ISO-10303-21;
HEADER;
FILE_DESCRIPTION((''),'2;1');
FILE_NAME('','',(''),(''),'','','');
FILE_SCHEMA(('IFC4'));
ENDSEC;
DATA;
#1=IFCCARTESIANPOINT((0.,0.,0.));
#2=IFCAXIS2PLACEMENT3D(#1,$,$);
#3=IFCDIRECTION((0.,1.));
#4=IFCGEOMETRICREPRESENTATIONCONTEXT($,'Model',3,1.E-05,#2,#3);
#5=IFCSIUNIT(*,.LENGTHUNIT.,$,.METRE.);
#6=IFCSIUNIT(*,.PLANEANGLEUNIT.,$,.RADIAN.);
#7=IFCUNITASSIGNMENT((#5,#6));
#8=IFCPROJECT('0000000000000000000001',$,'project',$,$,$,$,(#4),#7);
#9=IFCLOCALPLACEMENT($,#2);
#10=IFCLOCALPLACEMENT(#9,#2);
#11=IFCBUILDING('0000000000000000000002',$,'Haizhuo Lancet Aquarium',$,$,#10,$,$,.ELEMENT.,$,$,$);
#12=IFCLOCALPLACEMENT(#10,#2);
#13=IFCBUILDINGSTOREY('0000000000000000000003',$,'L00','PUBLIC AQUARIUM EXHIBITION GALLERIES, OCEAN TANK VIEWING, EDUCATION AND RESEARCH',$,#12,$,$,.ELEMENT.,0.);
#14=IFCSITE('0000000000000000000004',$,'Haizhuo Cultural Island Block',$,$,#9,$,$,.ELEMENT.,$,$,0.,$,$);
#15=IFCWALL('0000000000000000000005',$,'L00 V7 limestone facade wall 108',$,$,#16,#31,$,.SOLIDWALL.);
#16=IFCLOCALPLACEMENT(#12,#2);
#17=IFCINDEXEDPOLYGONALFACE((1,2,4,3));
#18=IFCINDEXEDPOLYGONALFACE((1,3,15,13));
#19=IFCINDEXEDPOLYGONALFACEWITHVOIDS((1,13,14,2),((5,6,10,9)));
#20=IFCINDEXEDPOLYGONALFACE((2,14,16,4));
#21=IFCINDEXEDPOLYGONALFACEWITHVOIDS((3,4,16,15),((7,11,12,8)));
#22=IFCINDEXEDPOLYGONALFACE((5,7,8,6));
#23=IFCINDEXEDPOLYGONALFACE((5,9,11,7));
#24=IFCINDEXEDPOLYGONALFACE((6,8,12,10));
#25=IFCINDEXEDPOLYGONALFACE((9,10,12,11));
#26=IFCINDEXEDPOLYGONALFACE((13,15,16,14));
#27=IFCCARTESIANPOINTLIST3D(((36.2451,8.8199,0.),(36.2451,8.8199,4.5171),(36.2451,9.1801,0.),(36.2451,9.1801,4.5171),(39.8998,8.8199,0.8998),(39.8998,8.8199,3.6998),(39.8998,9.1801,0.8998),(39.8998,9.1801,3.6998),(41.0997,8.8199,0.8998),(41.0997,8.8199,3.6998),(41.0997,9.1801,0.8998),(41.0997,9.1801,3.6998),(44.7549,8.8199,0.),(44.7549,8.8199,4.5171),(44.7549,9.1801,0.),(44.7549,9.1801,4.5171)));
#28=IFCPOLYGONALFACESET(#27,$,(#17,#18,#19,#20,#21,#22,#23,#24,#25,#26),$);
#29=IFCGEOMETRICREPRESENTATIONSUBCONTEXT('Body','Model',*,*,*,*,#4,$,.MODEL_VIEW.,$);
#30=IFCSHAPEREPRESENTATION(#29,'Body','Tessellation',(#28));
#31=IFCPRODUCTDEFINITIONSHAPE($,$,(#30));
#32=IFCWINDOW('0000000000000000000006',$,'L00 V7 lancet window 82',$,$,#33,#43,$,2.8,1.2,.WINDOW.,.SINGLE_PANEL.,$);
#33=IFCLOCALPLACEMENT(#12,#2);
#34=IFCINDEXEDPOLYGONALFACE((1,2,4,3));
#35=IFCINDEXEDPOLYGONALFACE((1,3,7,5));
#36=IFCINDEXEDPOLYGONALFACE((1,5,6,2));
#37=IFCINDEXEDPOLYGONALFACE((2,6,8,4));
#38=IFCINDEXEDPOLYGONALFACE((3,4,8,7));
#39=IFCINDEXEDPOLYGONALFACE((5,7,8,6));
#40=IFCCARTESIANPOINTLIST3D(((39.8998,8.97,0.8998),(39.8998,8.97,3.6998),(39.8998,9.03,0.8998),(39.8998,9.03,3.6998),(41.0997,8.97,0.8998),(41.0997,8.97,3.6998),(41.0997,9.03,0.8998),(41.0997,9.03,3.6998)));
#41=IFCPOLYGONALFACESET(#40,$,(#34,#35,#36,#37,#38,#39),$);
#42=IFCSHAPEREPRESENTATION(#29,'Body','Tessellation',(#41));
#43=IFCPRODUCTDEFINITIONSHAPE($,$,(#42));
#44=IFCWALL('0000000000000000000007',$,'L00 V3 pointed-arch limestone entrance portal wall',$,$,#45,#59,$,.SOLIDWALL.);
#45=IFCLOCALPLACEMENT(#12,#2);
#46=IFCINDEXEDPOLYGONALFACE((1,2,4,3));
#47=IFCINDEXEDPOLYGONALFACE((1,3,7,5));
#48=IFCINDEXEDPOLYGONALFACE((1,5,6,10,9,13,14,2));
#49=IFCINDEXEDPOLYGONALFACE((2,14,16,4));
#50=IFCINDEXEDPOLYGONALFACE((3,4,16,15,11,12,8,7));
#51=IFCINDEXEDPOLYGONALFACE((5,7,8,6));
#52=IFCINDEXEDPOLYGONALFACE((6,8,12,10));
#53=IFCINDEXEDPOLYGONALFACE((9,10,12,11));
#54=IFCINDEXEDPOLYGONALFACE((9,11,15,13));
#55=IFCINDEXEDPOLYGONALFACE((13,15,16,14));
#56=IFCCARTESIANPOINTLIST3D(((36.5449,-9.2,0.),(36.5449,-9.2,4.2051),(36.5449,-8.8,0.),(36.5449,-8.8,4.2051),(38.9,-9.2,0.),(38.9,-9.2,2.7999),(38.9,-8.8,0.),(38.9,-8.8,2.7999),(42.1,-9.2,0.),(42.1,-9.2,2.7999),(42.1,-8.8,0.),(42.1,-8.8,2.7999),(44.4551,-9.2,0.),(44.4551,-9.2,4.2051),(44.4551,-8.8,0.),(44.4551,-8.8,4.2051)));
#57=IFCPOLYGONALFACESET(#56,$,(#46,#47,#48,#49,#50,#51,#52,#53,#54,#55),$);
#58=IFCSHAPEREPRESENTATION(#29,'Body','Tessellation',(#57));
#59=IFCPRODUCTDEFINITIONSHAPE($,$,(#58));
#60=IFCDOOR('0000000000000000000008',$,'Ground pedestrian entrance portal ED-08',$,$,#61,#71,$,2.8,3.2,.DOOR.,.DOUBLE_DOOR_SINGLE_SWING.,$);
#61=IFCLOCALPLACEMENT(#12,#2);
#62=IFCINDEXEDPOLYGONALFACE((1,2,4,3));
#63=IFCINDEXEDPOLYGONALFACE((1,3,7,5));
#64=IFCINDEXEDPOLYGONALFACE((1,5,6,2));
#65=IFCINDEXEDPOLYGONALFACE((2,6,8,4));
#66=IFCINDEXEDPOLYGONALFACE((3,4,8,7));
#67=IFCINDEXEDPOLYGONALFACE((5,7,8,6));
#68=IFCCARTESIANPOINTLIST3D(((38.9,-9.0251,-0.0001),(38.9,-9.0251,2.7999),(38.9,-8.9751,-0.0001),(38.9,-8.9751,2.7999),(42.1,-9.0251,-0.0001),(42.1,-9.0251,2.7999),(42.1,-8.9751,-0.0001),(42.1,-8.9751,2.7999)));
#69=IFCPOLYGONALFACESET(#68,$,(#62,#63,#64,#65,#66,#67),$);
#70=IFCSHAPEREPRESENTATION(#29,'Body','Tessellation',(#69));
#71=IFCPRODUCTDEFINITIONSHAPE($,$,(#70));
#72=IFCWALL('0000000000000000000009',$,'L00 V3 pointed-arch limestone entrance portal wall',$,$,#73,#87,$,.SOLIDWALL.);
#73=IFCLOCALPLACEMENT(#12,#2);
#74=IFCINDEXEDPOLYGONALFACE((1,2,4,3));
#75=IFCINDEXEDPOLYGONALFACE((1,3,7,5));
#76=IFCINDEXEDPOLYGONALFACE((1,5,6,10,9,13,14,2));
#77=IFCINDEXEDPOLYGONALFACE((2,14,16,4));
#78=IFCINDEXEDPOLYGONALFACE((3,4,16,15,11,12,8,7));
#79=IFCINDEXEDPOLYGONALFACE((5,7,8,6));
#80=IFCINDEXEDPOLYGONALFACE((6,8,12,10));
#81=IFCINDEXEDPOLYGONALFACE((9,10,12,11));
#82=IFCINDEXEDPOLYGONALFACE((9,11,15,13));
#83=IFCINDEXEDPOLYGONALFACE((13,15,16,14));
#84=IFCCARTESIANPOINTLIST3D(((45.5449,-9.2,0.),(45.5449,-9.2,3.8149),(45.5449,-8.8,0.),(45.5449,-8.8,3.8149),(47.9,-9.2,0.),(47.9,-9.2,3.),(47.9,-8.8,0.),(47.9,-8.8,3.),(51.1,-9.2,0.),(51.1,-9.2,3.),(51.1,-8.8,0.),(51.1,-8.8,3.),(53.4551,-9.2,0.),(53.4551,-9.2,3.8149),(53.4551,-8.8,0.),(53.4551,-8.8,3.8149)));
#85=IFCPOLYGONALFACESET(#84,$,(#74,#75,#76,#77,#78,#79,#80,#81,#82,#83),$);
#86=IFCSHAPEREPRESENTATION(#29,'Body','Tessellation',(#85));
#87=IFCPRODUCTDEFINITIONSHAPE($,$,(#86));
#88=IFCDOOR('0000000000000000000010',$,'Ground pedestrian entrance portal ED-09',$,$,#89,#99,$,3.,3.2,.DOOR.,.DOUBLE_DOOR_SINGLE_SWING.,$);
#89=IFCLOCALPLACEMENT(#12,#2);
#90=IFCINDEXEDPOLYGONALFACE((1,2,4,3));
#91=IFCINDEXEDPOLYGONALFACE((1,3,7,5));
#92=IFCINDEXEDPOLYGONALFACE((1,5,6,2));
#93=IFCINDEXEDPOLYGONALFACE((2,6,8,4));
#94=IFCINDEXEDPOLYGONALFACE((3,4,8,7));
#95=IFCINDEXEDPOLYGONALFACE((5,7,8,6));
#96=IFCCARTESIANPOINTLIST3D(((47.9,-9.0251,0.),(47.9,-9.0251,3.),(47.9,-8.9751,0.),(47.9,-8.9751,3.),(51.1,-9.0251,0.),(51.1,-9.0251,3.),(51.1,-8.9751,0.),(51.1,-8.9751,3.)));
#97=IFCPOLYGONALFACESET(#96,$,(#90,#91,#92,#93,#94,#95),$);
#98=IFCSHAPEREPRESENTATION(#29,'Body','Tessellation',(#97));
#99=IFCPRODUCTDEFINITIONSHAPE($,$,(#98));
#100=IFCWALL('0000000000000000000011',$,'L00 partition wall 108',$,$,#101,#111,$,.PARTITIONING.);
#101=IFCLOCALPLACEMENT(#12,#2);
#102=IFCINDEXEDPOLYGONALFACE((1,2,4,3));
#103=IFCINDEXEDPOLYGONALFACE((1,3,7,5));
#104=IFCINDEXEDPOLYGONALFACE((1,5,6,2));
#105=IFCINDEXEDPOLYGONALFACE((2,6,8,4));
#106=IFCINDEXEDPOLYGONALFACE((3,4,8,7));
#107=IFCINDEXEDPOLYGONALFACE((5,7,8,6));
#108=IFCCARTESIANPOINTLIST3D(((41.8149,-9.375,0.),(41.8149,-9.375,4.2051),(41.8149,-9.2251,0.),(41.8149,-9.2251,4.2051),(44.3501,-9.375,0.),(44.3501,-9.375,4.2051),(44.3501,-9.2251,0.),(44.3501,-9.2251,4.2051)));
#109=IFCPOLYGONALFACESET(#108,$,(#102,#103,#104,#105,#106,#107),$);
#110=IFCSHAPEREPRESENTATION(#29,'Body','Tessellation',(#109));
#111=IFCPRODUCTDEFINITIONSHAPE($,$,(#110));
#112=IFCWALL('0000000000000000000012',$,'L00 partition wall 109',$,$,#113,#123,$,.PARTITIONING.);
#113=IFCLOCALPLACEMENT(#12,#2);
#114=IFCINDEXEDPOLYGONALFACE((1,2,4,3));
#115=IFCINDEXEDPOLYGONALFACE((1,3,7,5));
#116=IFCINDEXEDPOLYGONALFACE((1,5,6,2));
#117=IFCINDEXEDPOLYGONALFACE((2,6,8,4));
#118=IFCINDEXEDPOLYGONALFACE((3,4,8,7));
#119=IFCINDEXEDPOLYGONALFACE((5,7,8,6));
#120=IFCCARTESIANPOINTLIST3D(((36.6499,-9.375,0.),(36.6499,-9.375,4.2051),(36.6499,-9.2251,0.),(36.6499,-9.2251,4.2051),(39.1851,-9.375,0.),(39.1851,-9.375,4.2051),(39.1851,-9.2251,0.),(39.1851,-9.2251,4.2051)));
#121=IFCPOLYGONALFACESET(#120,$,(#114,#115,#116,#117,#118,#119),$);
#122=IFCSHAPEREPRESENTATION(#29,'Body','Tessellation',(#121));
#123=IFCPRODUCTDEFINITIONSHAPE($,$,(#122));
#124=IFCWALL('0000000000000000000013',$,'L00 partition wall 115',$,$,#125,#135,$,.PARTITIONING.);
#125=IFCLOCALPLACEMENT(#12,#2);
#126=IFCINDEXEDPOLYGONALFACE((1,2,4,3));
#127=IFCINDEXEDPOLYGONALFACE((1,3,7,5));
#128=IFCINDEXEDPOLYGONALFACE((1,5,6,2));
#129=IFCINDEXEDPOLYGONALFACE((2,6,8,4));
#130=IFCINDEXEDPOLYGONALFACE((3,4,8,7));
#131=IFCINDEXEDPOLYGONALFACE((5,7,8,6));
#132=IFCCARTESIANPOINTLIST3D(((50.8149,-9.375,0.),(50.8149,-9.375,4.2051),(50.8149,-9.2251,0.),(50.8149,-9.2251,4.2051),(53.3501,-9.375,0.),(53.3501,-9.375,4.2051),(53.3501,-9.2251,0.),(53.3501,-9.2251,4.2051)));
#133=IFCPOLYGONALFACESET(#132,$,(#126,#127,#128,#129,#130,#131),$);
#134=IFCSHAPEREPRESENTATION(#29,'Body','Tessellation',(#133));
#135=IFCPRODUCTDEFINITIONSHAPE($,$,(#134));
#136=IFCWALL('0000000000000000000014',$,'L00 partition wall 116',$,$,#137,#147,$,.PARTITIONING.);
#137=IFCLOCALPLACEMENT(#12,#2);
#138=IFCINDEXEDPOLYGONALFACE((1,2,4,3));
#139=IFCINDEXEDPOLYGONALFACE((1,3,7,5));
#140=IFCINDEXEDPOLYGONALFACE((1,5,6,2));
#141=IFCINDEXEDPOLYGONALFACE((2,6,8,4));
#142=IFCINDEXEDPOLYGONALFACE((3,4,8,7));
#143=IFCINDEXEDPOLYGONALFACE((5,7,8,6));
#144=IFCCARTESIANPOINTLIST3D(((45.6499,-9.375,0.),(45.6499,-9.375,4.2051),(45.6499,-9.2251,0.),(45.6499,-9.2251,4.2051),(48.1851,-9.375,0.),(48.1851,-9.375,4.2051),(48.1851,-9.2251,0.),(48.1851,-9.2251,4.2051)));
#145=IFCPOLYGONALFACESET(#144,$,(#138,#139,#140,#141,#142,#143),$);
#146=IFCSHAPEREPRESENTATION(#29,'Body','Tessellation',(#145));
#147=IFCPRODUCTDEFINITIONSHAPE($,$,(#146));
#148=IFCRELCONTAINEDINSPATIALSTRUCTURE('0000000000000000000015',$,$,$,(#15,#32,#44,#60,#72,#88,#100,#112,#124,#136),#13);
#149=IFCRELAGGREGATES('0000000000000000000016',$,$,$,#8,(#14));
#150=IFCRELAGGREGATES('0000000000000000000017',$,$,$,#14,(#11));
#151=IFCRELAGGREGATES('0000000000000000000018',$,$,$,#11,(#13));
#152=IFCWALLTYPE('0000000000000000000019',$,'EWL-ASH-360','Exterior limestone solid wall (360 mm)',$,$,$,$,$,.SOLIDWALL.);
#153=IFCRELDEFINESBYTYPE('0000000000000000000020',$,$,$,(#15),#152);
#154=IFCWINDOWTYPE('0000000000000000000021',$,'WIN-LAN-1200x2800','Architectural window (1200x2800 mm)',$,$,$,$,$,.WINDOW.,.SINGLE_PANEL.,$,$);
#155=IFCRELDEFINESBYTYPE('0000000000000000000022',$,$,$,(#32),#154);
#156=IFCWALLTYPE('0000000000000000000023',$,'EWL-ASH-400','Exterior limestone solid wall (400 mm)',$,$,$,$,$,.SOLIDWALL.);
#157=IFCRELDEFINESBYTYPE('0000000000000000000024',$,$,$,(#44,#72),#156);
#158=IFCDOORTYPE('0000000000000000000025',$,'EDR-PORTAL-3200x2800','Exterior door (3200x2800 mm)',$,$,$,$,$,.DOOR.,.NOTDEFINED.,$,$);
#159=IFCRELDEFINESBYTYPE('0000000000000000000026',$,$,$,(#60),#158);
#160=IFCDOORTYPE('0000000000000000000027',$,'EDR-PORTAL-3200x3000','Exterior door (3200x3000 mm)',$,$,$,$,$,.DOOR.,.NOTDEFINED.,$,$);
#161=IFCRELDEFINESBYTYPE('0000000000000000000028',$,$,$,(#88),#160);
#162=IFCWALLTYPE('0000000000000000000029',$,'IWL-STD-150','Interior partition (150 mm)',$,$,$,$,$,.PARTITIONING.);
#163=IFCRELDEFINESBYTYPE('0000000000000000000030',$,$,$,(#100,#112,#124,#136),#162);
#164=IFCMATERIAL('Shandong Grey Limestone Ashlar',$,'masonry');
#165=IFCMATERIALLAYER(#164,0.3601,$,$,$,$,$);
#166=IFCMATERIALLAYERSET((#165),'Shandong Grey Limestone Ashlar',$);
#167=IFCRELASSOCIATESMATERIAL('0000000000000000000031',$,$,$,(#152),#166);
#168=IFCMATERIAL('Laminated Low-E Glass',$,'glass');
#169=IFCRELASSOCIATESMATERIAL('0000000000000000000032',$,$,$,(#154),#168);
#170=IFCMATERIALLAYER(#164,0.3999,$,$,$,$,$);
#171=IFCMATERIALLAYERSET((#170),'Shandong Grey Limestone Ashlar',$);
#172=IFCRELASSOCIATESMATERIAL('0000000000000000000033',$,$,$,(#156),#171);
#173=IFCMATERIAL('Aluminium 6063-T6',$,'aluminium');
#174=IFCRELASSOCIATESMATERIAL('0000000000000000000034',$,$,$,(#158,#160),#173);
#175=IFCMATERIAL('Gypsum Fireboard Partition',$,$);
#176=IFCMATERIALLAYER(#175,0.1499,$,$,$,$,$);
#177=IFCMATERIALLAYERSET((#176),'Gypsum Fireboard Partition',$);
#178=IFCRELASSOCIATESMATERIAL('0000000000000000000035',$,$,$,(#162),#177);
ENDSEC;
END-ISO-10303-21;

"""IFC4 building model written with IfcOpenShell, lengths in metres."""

from ifc_helpers import new_model, si_unit, direction, frame, frame_2d, origin, place, context, subcontext, project, spatial, rectangle, extrude, material, layer, layer_set, type_object, element, fill, save


model = new_model("IFC4")

# Units and contexts
model_context = context("Model", 3, precision=1e-05, world=origin(), true_north=direction((0.0, 1.0)))
body_context = subcontext(model_context, "Body", "Model", "MODEL_VIEW")
ifc_project = project(units=[si_unit("LENGTHUNIT", "METRE"), si_unit("PLANEANGLEUNIT", "RADIAN")], contexts=[model_context])

# Site, building, storey
site_placement = place(None, origin())
site = spatial("IfcSite", under=ifc_project, at=site_placement, Name="Haizhuo Cultural Island Block", CompositionType="ELEMENT", RefElevation=0.0)
building_placement = place(site_placement, origin())
building = spatial("IfcBuilding", under=site, at=building_placement, Name="Haizhuo Lancet Aquarium", CompositionType="ELEMENT")
storey_placement = place(building_placement, origin())
storey = spatial("IfcBuildingStorey", under=building, at=storey_placement, Name="L00", Description="PUBLIC AQUARIUM EXHIBITION GALLERIES, OCEAN TANK VIEWING, EDUCATION AND RESEARCH", CompositionType="ELEMENT", Elevation=0.0)

# Shared definitions
ifc_material_1 = material(Name="Aluminium 6063-T6", Category="aluminium")

# Shared definitions
ifc_material_2 = material(Name="Laminated Low-E Glass", Category="glass")

# Wall, opening, window
ifc_material_3 = material(Name="Shandong Grey Limestone Ashlar", Category="masonry")
ifc_layer_1 = layer(ifc_material_3, 0.3601)
ifc_layer_set_1 = layer_set([ifc_layer_1], Name="Shandong Grey Limestone Ashlar")
wall_type_1 = type_object("IfcWallType", Name="EWL-ASH-360", Description="Exterior limestone solid wall (360 mm)", PredefinedType="SOLIDWALL", material=ifc_layer_set_1)
wall_1_placement = place(storey_placement, frame((44.7549, 9.0, 0.0), z_axis=(0.0, 0.0, 1.0), x_axis=(-1.0, 0.0, 0.0)))
wall_1 = element("IfcWall", 1, at=wall_1_placement, inside=storey, type_object=wall_type_1, Name="L00 V7 limestone facade wall 108", PredefinedType="SOLIDWALL", context=body_context, shape_type="SweptSolid", body=[
    extrude(rectangle(XDim=8.5098, YDim=0.3601, at=frame_2d((4.2549, 0.0))), origin(), (0.0, 0.0, 1.0), 4.5171),
])
opening_1_placement = place(wall_1_placement, frame((3.655, 0.0, 0.8999)))
opening_1 = element("IfcOpeningElement", 2, at=opening_1_placement, cuts=wall_1, PredefinedType="OPENING", context=body_context, shape_type="SweptSolid", body=[
    extrude(rectangle(XDim=1.2, YDim=2.8, at=frame_2d((0.6001, 1.3999))), frame((0.0, 0.1899, 0.0), z_axis=(0.0, -1.0, 0.0), x_axis=(1.0, 0.0, 0.0)), (0.0, 0.0, 1.0), 0.3801),
])
window_type = type_object("IfcWindowType", Name="WIN-LAN-1200x2800", Description="Architectural window (1200x2800 mm)", PartitioningType="SINGLE_PANEL", PredefinedType="WINDOW", material=ifc_material_2)
window_placement = place(opening_1_placement, origin())
window = element("IfcWindow", 3, at=window_placement, inside=storey, type_object=window_type, Name="L00 V7 lancet window 82", OverallHeight=2.8, OverallWidth=1.2, PartitioningType="SINGLE_PANEL", PredefinedType="WINDOW", context=body_context, shape_type="SweptSolid", body=[
    extrude(rectangle(XDim=1.2, YDim=2.8, at=frame_2d((0.6001, 1.3999))), frame((0.0, 0.03, 0.0), z_axis=(0.0, -1.0, 0.0), x_axis=(1.0, 0.0, 0.0)), (0.0, 0.0, 1.0), 0.0601),
])
fill(opening_1, window)

# Walls, openings, doors
ifc_layer_2 = layer(ifc_material_3, 0.3999)
ifc_layer_set_2 = layer_set([ifc_layer_2], Name="Shandong Grey Limestone Ashlar")
wall_type_2 = type_object("IfcWallType", Name="EWL-ASH-400", Description="Exterior limestone solid wall (400 mm)", PredefinedType="SOLIDWALL", material=ifc_layer_set_2)
wall_2_placement = place(storey_placement, frame((36.5449, -9.0, 0.0), z_axis=(0.0, 0.0, 1.0), x_axis=(1.0, 0.0, 0.0)))
wall_2 = element("IfcWall", 4, at=wall_2_placement, inside=storey, type_object=wall_type_2, Name="L00 V3 pointed-arch limestone entrance portal wall", PredefinedType="SOLIDWALL", context=body_context, shape_type="SweptSolid", body=[
    extrude(rectangle(XDim=7.9102, YDim=0.3999, at=frame_2d((3.9551, 0.0))), origin(), (0.0, 0.0, 1.0), 4.2051),
])
opening_2_placement = place(wall_2_placement, frame((2.355, 0.0, 0.0)))
opening_2 = element("IfcOpeningElement", 5, at=opening_2_placement, cuts=wall_2, PredefinedType="OPENING", context=body_context, shape_type="SweptSolid", body=[
    extrude(rectangle(XDim=3.2, YDim=2.8, at=frame_2d((1.6001, 1.3999))), frame((0.0, 0.21, 0.0), z_axis=(0.0, -1.0, 0.0), x_axis=(1.0, 0.0, 0.0)), (0.0, 0.0, 1.0), 0.4199),
])
door_type_1 = type_object("IfcDoorType", Name="EDR-PORTAL-3200x2800", Description="Exterior door (3200x2800 mm)", OperationType="NOTDEFINED", PredefinedType="DOOR", material=ifc_material_1)
door_1_placement = place(opening_2_placement, origin())
door_1 = element("IfcDoor", 6, at=door_1_placement, inside=storey, type_object=door_type_1, Name="Ground pedestrian entrance portal ED-08", OperationType="DOUBLE_DOOR_SINGLE_SWING", OverallHeight=2.8, OverallWidth=3.2, PredefinedType="DOOR", context=body_context, shape_type="SweptSolid", body=[
    extrude(rectangle(XDim=3.2, YDim=2.8, at=frame_2d((1.6001, 1.3999))), frame((0.0, 0.0249, 0.0), z_axis=(0.0, -1.0, 0.0), x_axis=(1.0, 0.0, 0.0)), (0.0, 0.0, 1.0), 0.05),
])
fill(opening_2, door_1)
wall_3_placement = place(storey_placement, frame((45.5449, -9.0, 0.0), z_axis=(0.0, 0.0, 1.0), x_axis=(1.0, 0.0, 0.0)))
wall_3 = element("IfcWall", 7, at=wall_3_placement, inside=storey, type_object=wall_type_2, Name="L00 V3 pointed-arch limestone entrance portal wall", PredefinedType="SOLIDWALL", context=body_context, shape_type="SweptSolid", body=[
    extrude(rectangle(XDim=7.9102, YDim=0.3999, at=frame_2d((3.9551, 0.0))), origin(), (0.0, 0.0, 1.0), 3.8149),
])
opening_3_placement = place(wall_3_placement, frame((2.355, 0.0, 0.0)))
opening_3 = element("IfcOpeningElement", 8, at=opening_3_placement, cuts=wall_3, PredefinedType="OPENING", context=body_context, shape_type="SweptSolid", body=[
    extrude(rectangle(XDim=3.2, YDim=3.0, at=frame_2d((1.6001, 1.5))), frame((0.0, 0.21, 0.0), z_axis=(0.0, -1.0, 0.0), x_axis=(1.0, 0.0, 0.0)), (0.0, 0.0, 1.0), 0.4199),
])
door_type_2 = type_object("IfcDoorType", Name="EDR-PORTAL-3200x3000", Description="Exterior door (3200x3000 mm)", OperationType="NOTDEFINED", PredefinedType="DOOR", material=ifc_material_1)
door_2_placement = place(opening_3_placement, origin())
door_2 = element("IfcDoor", 9, at=door_2_placement, inside=storey, type_object=door_type_2, Name="Ground pedestrian entrance portal ED-09", OperationType="DOUBLE_DOOR_SINGLE_SWING", OverallHeight=3.0, OverallWidth=3.2, PredefinedType="DOOR", context=body_context, shape_type="SweptSolid", body=[
    extrude(rectangle(XDim=3.2, YDim=3.0, at=frame_2d((1.6001, 1.5))), frame((0.0, 0.0249, 0.0), z_axis=(0.0, -1.0, 0.0), x_axis=(1.0, 0.0, 0.0)), (0.0, 0.0, 1.0), 0.05),
])
fill(opening_3, door_2)

# Walls
ifc_material_4 = material(Name="Gypsum Fireboard Partition")
ifc_layer_3 = layer(ifc_material_4, 0.1499)
ifc_layer_set_3 = layer_set([ifc_layer_3], Name="Gypsum Fireboard Partition")
wall_type_3 = type_object("IfcWallType", Name="IWL-STD-150", Description="Interior partition (150 mm)", PredefinedType="PARTITIONING", material=ifc_layer_set_3)
for number, where, z_axis, x_axis, name in (
    (10, (44.3501, -9.3, 0.0), (0.0, 0.0, 1.0), (-1.0, 0.0, 0.0), "L00 partition wall 108"),
    (11, (39.1851, -9.3, 0.0), (0.0, 0.0, 1.0), (-1.0, 0.0, 0.0), "L00 partition wall 109"),
    (12, (53.3501, -9.3, 0.0), (0.0, 0.0, 1.0), (-1.0, 0.0, 0.0), "L00 partition wall 115"),
    (13, (48.1851, -9.3, 0.0), (0.0, 0.0, 1.0), (-1.0, 0.0, 0.0), "L00 partition wall 116"),
):
    element("IfcWall", number, at=place(storey_placement, frame(where, z_axis=z_axis, x_axis=x_axis)), inside=storey, type_object=wall_type_3, Name=name, PredefinedType="PARTITIONING", context=body_context, shape_type="SweptSolid", body=[
        extrude(rectangle(XDim=2.5352, YDim=0.1499, at=frame_2d((1.2676, 0.0))), origin(), (0.0, 0.0, 1.0), 4.2051),
    ])

save(model, "model.ifc")
